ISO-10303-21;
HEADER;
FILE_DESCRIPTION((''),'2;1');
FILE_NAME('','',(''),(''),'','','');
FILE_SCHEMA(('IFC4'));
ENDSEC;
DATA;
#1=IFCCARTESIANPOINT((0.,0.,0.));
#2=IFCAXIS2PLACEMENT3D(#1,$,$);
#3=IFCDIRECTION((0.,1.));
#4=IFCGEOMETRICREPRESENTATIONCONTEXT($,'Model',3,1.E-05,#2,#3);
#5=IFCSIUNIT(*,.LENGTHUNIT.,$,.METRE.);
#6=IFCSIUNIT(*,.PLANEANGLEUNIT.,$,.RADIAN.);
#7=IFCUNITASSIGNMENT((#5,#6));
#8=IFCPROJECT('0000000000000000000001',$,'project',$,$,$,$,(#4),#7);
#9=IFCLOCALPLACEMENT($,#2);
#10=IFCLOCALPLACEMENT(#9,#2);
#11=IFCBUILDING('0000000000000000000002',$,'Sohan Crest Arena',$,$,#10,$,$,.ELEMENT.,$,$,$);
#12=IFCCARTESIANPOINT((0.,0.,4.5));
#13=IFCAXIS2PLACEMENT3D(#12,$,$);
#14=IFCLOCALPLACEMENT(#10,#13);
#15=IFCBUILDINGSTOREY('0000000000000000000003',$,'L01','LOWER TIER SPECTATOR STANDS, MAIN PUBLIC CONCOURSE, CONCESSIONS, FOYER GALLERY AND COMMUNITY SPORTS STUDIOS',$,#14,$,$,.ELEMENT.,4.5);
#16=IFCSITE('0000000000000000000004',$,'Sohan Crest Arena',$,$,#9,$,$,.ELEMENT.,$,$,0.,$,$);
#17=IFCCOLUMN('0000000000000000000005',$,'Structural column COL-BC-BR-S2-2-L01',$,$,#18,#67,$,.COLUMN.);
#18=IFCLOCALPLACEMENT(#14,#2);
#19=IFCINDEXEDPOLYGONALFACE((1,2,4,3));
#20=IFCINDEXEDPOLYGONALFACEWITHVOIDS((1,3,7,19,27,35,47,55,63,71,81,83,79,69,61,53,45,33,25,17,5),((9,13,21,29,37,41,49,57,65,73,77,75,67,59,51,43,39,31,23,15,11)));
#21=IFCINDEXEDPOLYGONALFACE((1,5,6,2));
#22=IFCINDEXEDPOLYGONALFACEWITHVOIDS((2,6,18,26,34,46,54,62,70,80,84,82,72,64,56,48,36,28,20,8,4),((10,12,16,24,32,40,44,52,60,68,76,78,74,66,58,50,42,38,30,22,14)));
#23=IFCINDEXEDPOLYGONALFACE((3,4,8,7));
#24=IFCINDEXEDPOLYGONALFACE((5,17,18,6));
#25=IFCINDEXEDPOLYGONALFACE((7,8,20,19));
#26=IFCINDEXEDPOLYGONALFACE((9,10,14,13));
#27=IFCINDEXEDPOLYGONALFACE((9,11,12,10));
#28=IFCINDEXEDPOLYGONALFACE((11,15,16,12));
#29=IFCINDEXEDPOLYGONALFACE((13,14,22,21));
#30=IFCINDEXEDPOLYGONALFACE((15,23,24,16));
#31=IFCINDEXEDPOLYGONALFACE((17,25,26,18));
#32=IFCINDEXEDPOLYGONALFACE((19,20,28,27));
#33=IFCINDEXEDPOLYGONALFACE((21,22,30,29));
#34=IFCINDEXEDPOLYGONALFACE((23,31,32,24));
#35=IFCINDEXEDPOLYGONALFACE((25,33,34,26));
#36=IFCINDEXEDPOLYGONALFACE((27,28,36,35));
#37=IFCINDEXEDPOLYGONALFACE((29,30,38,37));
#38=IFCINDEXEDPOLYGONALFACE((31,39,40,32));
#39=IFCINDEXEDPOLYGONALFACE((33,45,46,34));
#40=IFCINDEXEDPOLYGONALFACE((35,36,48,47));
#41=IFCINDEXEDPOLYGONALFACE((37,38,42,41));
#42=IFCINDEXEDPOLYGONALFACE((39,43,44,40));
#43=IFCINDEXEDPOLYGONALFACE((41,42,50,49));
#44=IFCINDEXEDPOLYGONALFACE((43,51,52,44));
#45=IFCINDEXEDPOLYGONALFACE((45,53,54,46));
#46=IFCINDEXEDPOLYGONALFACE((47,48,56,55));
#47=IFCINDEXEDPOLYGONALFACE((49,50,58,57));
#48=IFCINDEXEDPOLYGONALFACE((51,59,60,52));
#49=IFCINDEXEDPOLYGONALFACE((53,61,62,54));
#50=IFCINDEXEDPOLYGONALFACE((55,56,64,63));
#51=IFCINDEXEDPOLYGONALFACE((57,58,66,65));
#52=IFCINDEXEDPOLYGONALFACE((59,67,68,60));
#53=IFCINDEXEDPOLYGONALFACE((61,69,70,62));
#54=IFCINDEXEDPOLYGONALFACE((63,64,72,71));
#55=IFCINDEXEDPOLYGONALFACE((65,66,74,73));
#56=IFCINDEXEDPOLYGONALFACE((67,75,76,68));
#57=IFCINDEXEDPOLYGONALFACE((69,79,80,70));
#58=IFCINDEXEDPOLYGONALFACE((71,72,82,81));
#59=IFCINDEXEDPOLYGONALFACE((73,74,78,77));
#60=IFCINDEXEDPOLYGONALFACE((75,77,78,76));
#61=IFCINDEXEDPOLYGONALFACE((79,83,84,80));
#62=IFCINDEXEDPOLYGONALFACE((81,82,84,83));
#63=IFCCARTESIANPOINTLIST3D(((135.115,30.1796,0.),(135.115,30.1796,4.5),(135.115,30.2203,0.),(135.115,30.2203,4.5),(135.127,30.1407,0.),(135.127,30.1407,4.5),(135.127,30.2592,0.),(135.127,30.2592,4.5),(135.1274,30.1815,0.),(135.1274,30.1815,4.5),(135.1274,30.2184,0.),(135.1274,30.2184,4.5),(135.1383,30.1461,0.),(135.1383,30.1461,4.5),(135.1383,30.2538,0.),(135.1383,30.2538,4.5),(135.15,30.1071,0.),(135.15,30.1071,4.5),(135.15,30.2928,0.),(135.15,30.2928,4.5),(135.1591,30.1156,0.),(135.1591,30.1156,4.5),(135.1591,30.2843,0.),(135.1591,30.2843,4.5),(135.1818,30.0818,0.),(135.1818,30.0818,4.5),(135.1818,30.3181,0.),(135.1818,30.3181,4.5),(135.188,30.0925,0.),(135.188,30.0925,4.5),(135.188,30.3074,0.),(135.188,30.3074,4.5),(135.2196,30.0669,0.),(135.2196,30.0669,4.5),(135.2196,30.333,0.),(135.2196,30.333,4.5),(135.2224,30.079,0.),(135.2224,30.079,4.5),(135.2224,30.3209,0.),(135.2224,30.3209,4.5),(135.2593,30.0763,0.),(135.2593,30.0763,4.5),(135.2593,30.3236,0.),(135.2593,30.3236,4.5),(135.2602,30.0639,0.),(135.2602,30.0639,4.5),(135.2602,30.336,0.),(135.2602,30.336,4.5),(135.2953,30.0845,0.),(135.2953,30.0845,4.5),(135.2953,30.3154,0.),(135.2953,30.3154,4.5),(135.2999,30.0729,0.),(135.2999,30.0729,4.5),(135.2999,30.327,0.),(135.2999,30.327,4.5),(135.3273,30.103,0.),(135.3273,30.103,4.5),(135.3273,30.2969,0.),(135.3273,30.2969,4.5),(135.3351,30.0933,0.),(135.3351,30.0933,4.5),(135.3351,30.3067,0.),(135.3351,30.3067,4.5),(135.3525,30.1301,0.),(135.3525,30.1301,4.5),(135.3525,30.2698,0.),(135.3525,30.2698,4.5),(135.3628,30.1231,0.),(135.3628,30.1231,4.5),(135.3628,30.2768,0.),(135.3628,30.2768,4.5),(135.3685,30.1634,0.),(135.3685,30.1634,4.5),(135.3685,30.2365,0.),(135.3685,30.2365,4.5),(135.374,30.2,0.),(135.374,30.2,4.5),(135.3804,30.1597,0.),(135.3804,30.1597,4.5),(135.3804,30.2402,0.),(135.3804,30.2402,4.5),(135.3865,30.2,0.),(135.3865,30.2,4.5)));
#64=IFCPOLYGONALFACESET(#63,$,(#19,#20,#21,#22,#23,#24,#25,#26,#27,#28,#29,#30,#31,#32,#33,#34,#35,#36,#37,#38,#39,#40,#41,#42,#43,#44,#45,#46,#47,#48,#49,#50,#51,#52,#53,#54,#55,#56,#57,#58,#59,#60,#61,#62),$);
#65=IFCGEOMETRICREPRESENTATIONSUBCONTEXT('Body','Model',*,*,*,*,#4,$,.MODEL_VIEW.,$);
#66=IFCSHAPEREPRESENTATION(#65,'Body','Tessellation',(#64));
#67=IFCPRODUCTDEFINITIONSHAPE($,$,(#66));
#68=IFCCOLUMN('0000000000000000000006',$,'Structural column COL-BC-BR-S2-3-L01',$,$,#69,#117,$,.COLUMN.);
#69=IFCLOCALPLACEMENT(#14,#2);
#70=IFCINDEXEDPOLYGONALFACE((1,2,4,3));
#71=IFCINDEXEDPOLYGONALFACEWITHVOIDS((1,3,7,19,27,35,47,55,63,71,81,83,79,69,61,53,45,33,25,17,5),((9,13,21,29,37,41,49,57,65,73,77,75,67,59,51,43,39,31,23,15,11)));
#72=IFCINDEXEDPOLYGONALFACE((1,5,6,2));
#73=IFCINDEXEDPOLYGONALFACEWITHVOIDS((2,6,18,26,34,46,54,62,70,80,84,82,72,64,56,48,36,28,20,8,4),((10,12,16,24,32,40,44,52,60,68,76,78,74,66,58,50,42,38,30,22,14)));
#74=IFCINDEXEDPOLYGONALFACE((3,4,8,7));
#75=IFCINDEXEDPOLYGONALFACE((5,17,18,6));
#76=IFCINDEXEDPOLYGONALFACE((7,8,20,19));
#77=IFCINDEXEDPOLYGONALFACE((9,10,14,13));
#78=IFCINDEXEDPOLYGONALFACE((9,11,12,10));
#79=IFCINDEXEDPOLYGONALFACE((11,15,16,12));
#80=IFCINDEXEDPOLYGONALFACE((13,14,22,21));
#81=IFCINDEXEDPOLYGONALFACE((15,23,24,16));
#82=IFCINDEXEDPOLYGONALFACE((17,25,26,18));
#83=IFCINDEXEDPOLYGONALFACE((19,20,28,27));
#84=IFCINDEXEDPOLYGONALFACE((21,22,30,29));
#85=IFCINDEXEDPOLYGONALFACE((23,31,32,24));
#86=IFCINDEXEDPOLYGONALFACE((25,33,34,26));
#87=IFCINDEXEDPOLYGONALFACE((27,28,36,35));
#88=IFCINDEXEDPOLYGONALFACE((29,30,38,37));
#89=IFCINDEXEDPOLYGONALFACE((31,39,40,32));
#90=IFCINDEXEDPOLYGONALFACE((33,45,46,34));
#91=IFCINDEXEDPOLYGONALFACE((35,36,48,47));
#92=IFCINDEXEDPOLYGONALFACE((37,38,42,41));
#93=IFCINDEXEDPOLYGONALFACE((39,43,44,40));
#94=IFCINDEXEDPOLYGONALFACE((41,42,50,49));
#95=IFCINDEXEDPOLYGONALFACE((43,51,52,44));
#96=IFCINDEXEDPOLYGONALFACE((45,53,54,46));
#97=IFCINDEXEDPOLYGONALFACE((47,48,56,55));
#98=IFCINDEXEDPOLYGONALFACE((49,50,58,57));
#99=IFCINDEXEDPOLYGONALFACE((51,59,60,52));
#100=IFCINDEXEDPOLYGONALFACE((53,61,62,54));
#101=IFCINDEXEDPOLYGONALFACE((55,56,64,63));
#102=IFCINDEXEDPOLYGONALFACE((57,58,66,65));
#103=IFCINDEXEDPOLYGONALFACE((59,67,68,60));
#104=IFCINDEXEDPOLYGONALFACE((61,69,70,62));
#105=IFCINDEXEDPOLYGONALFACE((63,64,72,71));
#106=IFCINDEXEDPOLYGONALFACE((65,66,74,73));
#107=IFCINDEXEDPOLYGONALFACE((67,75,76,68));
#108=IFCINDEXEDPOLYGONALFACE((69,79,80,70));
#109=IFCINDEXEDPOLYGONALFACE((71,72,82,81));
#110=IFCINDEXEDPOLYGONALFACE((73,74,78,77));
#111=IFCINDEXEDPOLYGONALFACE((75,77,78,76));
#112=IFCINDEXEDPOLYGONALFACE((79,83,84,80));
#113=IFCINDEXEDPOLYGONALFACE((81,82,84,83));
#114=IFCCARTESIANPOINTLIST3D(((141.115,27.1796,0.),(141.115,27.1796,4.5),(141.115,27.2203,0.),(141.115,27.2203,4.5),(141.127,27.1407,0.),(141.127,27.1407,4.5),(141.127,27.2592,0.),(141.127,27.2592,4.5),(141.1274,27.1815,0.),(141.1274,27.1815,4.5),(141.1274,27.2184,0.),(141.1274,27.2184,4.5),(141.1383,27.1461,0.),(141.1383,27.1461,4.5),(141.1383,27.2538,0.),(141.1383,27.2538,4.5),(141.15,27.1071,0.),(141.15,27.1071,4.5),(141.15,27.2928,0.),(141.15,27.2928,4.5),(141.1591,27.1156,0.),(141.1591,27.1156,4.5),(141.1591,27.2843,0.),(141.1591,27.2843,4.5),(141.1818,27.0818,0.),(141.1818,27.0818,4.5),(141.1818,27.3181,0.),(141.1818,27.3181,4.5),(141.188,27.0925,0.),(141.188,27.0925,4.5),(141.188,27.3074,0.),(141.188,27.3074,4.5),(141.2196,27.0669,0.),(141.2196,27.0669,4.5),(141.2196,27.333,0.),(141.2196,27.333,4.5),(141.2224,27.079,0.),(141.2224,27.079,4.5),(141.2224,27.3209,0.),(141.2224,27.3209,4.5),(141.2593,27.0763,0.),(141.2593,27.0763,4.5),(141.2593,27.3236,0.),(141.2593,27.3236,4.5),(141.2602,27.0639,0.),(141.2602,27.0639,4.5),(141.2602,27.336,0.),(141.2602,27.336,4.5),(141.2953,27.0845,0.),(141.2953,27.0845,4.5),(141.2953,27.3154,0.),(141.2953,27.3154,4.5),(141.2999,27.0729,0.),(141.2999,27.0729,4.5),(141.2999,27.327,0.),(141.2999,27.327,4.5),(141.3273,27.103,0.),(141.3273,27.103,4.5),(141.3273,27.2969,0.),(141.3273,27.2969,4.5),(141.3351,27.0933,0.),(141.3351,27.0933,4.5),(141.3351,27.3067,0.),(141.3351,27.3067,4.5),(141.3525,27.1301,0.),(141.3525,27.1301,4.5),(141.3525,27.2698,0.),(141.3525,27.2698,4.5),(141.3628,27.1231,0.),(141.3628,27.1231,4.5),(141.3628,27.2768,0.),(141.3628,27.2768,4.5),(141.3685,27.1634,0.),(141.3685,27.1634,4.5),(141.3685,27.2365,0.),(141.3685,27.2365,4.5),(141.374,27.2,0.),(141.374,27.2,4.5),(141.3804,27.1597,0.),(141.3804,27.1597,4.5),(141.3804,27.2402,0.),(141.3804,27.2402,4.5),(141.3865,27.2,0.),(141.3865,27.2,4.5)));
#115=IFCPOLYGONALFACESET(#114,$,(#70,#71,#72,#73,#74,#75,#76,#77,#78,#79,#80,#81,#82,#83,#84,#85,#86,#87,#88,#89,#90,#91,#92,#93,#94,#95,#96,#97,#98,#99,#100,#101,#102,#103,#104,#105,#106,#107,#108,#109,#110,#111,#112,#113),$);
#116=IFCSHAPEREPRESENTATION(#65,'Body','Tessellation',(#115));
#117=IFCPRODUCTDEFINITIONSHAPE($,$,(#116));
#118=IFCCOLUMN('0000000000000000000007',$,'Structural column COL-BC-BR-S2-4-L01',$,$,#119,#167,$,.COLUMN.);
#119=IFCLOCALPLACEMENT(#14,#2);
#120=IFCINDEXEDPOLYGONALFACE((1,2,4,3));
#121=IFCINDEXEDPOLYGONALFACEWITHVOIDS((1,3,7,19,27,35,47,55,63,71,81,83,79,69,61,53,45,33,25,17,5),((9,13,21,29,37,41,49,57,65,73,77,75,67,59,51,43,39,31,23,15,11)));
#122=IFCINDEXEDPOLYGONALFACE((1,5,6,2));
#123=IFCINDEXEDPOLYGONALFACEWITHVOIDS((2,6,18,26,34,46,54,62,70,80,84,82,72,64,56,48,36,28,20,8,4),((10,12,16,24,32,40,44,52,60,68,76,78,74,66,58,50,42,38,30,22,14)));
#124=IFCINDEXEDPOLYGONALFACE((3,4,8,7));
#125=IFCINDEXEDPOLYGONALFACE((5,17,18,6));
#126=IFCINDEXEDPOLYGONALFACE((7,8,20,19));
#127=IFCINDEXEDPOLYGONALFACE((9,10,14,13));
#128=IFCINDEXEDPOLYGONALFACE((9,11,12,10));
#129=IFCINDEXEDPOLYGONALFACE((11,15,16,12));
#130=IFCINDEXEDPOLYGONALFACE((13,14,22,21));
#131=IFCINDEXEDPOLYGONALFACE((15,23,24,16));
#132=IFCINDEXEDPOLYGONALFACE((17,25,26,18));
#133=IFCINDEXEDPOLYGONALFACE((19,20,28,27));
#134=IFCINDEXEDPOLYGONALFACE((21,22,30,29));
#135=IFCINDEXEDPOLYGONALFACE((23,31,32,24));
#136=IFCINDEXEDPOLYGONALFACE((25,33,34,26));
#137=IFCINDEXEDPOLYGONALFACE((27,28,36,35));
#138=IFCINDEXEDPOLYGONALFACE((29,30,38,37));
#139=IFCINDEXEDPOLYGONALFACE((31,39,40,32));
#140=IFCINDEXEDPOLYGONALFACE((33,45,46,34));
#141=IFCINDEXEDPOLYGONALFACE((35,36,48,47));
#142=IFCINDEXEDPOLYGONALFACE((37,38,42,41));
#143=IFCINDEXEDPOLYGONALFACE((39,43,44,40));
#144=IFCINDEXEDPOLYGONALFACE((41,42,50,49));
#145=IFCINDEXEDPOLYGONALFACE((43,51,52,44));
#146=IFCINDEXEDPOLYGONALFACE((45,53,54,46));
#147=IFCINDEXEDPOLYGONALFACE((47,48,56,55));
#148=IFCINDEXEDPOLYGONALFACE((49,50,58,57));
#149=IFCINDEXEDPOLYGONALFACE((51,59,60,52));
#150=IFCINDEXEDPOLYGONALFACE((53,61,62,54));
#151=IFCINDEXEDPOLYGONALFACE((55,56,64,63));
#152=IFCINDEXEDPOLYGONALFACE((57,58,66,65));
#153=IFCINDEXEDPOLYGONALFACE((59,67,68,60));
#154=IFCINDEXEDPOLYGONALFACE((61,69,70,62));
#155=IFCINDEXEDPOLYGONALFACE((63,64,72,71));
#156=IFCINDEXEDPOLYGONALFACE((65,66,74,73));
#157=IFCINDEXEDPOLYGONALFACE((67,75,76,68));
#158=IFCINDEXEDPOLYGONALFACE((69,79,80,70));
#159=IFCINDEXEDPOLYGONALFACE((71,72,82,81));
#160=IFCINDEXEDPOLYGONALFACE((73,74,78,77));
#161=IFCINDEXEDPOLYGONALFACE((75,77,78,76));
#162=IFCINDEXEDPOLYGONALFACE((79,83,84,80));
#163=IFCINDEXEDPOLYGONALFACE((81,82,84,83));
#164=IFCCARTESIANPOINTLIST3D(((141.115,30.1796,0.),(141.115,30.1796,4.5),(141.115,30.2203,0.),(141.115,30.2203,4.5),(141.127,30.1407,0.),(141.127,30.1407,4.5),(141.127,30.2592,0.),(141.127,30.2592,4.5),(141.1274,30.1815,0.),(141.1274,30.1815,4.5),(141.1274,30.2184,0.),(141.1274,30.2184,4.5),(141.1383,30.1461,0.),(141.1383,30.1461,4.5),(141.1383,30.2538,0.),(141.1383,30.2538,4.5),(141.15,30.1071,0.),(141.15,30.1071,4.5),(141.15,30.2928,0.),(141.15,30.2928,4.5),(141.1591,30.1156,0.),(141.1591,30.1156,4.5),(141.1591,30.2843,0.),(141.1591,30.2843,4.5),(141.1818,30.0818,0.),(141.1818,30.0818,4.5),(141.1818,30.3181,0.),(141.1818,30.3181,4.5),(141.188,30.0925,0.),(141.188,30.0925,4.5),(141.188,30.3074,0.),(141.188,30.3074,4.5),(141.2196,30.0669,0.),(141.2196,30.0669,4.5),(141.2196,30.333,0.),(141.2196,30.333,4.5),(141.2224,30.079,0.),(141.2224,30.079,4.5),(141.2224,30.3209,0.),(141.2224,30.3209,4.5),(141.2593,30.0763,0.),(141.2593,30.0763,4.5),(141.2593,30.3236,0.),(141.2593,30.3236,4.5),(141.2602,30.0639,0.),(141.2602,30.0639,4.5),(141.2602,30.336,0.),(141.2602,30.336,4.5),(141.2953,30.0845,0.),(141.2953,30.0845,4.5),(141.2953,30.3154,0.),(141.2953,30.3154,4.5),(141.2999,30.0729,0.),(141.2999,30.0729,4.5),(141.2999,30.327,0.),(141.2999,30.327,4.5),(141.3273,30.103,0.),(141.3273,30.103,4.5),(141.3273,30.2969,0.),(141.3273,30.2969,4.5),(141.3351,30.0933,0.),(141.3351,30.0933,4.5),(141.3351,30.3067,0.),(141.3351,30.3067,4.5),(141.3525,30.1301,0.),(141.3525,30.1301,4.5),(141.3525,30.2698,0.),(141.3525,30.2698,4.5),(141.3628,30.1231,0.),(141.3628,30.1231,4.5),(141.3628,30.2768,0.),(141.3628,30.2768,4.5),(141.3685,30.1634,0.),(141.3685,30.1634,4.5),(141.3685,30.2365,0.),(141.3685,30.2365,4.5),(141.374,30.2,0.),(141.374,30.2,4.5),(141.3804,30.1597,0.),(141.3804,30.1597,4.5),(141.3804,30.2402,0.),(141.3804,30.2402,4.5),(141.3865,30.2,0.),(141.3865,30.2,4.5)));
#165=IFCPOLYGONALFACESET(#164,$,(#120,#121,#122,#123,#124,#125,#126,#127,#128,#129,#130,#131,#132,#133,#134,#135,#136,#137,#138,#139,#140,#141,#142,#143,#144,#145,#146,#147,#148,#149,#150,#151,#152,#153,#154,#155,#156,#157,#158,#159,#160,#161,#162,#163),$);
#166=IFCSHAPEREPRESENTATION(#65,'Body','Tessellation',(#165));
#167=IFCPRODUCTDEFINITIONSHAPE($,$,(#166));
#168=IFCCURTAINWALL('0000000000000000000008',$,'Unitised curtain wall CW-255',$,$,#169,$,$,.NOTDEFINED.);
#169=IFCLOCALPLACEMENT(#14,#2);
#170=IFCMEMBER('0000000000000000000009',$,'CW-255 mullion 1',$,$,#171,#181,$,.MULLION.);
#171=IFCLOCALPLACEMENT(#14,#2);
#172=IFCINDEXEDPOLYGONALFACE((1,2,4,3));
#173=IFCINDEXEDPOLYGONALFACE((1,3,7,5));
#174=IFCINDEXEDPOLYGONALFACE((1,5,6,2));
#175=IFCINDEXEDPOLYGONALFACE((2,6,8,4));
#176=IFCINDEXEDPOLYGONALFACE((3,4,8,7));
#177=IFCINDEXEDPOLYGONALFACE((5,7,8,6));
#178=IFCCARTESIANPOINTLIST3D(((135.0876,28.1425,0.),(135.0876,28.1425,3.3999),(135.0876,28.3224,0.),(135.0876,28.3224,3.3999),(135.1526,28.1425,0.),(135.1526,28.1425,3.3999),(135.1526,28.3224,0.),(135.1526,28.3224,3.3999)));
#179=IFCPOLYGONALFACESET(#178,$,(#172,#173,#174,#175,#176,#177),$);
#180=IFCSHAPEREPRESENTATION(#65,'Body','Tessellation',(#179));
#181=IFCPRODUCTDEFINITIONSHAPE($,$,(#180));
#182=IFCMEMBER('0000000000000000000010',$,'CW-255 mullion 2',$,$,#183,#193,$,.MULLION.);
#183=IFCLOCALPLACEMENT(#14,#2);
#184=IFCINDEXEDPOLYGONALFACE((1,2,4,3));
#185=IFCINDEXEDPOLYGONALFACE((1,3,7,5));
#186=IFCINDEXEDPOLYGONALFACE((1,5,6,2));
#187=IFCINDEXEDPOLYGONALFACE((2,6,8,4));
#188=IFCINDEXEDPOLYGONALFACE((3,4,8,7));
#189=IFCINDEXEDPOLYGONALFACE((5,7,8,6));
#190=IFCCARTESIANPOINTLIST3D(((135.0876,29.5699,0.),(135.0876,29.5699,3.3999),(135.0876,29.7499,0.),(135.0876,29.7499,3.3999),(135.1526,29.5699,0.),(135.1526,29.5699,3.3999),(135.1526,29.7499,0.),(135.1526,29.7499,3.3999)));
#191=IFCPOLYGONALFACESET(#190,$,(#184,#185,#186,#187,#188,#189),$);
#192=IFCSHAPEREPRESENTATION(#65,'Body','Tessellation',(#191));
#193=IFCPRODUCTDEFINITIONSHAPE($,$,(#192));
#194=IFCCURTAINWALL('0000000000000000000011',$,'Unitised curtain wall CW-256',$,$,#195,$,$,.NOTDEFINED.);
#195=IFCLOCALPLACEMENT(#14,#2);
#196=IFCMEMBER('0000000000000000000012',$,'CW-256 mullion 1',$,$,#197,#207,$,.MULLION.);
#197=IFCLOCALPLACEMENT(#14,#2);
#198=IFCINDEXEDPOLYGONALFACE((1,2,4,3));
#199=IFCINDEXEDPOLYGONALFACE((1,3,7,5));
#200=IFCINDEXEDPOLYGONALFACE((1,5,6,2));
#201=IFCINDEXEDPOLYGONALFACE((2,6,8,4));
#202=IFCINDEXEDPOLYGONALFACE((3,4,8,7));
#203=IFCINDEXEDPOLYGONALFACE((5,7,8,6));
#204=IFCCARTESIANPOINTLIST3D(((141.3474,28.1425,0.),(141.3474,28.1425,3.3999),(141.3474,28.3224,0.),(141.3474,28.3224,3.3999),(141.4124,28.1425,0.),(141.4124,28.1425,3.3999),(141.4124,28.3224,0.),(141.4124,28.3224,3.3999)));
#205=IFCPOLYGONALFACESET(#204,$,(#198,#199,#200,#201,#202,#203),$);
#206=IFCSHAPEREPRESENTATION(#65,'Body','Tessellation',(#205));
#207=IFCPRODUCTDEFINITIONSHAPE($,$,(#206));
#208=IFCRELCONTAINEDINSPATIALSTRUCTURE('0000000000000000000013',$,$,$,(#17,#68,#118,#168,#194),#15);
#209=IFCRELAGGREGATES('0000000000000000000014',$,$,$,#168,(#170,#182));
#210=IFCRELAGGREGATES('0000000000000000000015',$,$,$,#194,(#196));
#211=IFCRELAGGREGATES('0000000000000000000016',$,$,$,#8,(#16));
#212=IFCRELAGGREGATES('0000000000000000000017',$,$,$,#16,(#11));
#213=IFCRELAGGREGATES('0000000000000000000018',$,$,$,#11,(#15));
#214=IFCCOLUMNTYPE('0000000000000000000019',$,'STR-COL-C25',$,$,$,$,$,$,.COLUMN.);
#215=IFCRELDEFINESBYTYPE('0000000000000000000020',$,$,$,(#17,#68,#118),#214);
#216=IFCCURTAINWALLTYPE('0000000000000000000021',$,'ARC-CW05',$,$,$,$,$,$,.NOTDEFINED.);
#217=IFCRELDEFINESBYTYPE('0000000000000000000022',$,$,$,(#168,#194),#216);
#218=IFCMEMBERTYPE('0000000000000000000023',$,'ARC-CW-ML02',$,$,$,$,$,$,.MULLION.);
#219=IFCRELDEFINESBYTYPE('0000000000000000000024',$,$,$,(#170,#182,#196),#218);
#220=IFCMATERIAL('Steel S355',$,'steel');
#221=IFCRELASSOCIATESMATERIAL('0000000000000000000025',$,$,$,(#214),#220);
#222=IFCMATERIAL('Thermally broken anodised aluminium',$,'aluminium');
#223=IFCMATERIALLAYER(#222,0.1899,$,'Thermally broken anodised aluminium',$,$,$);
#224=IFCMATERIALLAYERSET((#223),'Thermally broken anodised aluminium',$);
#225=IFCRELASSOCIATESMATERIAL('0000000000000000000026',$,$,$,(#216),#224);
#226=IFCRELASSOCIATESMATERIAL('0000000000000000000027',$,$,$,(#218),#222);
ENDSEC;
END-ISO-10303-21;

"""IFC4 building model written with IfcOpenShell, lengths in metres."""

from ifc_helpers import new_model, si_unit, direction, frame, origin, origin_2d, place, context, subcontext, project, spatial, rectangle, hollow_circle, extrude, material, layer, layer_set, material_profile, profile_set, type_object, element, aggregate, save


model = new_model("IFC4")

# Units and contexts
model_context = context("Model", 3, precision=1e-05, world=origin(), true_north=direction((0.0, 1.0)))
body_context = subcontext(model_context, "Body", "Model", "MODEL_VIEW")
ifc_project = project(units=[si_unit("LENGTHUNIT", "METRE"), si_unit("PLANEANGLEUNIT", "RADIAN")], contexts=[model_context])

# Site, building, storey
site_placement = place(None, origin())
site = spatial("IfcSite", under=ifc_project, at=site_placement, Name="Sohan Crest Arena", CompositionType="ELEMENT", RefElevation=0.0)
building_placement = place(site_placement, origin())
building = spatial("IfcBuilding", under=site, at=building_placement, Name="Sohan Crest Arena", CompositionType="ELEMENT")
storey_placement = place(building_placement, frame((0.0, 0.0, 4.5)))
storey = spatial("IfcBuildingStorey", under=building, at=storey_placement, Name="L01", Description="LOWER TIER SPECTATOR STANDS, MAIN PUBLIC CONCOURSE, CONCESSIONS, FOYER GALLERY AND COMMUNITY SPORTS STUDIOS", CompositionType="ELEMENT", Elevation=4.5)

# Columns
ifc_material_1 = material(Name="Steel S355", Category="steel")
ifc_material_profile_1 = material_profile(ifc_material_1, hollow_circle(Radius=0.1365, WallThickness=0.0125, at=origin_2d()), Name="CHS 273x12.5")
ifc_profile_set_1 = profile_set([ifc_material_profile_1], Name="Steel S355")
column_type = type_object("IfcColumnType", Name="STR-COL-C25", PredefinedType="COLUMN", material=ifc_profile_set_1)
for number, where, z_axis, x_axis, name in (
    (1, (135.25, 30.2, 0.0), (0.0, 0.0, 1.0), (1.0, 0.0, 0.0), "Structural column COL-BC-BR-S2-2-L01"),
    (2, (141.25, 27.2, 0.0), (0.0, 0.0, 1.0), (1.0, 0.0, 0.0), "Structural column COL-BC-BR-S2-3-L01"),
    (3, (141.25, 30.2, 0.0), (0.0, 0.0, 1.0), (1.0, 0.0, 0.0), "Structural column COL-BC-BR-S2-4-L01"),
):
    element("IfcColumn", number, at=place(storey_placement, frame(where, z_axis=z_axis, x_axis=x_axis)), inside=storey, type_object=column_type, Name=name, PredefinedType="COLUMN", context=body_context, shape_type="SweptSolid", body=[
        extrude(hollow_circle(Radius=0.1365, WallThickness=0.0125, at=origin_2d()), origin(), (0.0, 0.0, 1.0), 4.5),
    ])

# Curtain walls, members
ifc_material_2 = material(Name="Thermally broken anodised aluminium", Category="aluminium")
ifc_layer_1 = layer(ifc_material_2, 0.1899, Name="Thermally broken anodised aluminium")
ifc_layer_set_1 = layer_set([ifc_layer_1], Name="Thermally broken anodised aluminium")
curtain_wall_type = type_object("IfcCurtainWallType", Name="ARC-CW05", PredefinedType="NOTDEFINED", material=ifc_layer_set_1)
curtain_wall_1_placement = place(storey_placement, origin())
curtain_wall_1 = element("IfcCurtainWall", 4, at=curtain_wall_1_placement, inside=storey, type_object=curtain_wall_type, Name="Unitised curtain wall CW-255", PredefinedType="NOTDEFINED")
ifc_material_profile_2 = material_profile(ifc_material_2, rectangle(XDim=0.0649, YDim=0.1799, at=origin_2d()), Name="ALU-MULL 65x180")
ifc_profile_set_2 = profile_set([ifc_material_profile_2], Name="Thermally broken anodised aluminium")
member_type_1 = type_object("IfcMemberType", Name="ARC-CW-ML02", PredefinedType="MULLION", material=ifc_profile_set_2)
member_1_placement = place(storey_placement, frame((135.1201, 28.2324, 0.0), z_axis=(0.0, 0.0, 1.0), x_axis=(-1.0, 0.0, 0.0)))
member_1 = element("IfcMember", 5, at=member_1_placement, type_object=member_type_1, Name="CW-255 mullion 1", PredefinedType="MULLION", context=body_context, shape_type="SweptSolid", body=[
    extrude(rectangle(XDim=0.0649, YDim=0.1799, at=origin_2d()), origin(), (0.0, 0.0, 1.0), 3.3999),
])
member_2_placement = place(storey_placement, frame((135.1201, 29.6599, 0.0), z_axis=(0.0, 0.0, 1.0), x_axis=(-1.0, 0.0, 0.0)))
member_2 = element("IfcMember", 6, at=member_2_placement, type_object=member_type_1, Name="CW-255 mullion 2", PredefinedType="MULLION", context=body_context, shape_type="SweptSolid", body=[
    extrude(rectangle(XDim=0.0649, YDim=0.1799, at=origin_2d()), origin(), (0.0, 0.0, 1.0), 3.3999),
])
curtain_wall_2_placement = place(storey_placement, origin())
curtain_wall_2 = element("IfcCurtainWall", 7, at=curtain_wall_2_placement, inside=storey, type_object=curtain_wall_type, Name="Unitised curtain wall CW-256", PredefinedType="NOTDEFINED")
member_3_placement = place(storey_placement, frame((141.3799, 28.2324, 0.0), z_axis=(0.0, 0.0, 1.0), x_axis=(-1.0, 0.0, 0.0)))
member_3 = element("IfcMember", 8, at=member_3_placement, type_object=member_type_1, Name="CW-256 mullion 1", PredefinedType="MULLION", context=body_context, shape_type="SweptSolid", body=[
    extrude(rectangle(XDim=0.0649, YDim=0.1799, at=origin_2d()), origin(), (0.0, 0.0, 1.0), 3.3999),
])

aggregate(curtain_wall_1, [member_1, member_2])
aggregate(curtain_wall_2, [member_3])

save(model, "model.ifc")
